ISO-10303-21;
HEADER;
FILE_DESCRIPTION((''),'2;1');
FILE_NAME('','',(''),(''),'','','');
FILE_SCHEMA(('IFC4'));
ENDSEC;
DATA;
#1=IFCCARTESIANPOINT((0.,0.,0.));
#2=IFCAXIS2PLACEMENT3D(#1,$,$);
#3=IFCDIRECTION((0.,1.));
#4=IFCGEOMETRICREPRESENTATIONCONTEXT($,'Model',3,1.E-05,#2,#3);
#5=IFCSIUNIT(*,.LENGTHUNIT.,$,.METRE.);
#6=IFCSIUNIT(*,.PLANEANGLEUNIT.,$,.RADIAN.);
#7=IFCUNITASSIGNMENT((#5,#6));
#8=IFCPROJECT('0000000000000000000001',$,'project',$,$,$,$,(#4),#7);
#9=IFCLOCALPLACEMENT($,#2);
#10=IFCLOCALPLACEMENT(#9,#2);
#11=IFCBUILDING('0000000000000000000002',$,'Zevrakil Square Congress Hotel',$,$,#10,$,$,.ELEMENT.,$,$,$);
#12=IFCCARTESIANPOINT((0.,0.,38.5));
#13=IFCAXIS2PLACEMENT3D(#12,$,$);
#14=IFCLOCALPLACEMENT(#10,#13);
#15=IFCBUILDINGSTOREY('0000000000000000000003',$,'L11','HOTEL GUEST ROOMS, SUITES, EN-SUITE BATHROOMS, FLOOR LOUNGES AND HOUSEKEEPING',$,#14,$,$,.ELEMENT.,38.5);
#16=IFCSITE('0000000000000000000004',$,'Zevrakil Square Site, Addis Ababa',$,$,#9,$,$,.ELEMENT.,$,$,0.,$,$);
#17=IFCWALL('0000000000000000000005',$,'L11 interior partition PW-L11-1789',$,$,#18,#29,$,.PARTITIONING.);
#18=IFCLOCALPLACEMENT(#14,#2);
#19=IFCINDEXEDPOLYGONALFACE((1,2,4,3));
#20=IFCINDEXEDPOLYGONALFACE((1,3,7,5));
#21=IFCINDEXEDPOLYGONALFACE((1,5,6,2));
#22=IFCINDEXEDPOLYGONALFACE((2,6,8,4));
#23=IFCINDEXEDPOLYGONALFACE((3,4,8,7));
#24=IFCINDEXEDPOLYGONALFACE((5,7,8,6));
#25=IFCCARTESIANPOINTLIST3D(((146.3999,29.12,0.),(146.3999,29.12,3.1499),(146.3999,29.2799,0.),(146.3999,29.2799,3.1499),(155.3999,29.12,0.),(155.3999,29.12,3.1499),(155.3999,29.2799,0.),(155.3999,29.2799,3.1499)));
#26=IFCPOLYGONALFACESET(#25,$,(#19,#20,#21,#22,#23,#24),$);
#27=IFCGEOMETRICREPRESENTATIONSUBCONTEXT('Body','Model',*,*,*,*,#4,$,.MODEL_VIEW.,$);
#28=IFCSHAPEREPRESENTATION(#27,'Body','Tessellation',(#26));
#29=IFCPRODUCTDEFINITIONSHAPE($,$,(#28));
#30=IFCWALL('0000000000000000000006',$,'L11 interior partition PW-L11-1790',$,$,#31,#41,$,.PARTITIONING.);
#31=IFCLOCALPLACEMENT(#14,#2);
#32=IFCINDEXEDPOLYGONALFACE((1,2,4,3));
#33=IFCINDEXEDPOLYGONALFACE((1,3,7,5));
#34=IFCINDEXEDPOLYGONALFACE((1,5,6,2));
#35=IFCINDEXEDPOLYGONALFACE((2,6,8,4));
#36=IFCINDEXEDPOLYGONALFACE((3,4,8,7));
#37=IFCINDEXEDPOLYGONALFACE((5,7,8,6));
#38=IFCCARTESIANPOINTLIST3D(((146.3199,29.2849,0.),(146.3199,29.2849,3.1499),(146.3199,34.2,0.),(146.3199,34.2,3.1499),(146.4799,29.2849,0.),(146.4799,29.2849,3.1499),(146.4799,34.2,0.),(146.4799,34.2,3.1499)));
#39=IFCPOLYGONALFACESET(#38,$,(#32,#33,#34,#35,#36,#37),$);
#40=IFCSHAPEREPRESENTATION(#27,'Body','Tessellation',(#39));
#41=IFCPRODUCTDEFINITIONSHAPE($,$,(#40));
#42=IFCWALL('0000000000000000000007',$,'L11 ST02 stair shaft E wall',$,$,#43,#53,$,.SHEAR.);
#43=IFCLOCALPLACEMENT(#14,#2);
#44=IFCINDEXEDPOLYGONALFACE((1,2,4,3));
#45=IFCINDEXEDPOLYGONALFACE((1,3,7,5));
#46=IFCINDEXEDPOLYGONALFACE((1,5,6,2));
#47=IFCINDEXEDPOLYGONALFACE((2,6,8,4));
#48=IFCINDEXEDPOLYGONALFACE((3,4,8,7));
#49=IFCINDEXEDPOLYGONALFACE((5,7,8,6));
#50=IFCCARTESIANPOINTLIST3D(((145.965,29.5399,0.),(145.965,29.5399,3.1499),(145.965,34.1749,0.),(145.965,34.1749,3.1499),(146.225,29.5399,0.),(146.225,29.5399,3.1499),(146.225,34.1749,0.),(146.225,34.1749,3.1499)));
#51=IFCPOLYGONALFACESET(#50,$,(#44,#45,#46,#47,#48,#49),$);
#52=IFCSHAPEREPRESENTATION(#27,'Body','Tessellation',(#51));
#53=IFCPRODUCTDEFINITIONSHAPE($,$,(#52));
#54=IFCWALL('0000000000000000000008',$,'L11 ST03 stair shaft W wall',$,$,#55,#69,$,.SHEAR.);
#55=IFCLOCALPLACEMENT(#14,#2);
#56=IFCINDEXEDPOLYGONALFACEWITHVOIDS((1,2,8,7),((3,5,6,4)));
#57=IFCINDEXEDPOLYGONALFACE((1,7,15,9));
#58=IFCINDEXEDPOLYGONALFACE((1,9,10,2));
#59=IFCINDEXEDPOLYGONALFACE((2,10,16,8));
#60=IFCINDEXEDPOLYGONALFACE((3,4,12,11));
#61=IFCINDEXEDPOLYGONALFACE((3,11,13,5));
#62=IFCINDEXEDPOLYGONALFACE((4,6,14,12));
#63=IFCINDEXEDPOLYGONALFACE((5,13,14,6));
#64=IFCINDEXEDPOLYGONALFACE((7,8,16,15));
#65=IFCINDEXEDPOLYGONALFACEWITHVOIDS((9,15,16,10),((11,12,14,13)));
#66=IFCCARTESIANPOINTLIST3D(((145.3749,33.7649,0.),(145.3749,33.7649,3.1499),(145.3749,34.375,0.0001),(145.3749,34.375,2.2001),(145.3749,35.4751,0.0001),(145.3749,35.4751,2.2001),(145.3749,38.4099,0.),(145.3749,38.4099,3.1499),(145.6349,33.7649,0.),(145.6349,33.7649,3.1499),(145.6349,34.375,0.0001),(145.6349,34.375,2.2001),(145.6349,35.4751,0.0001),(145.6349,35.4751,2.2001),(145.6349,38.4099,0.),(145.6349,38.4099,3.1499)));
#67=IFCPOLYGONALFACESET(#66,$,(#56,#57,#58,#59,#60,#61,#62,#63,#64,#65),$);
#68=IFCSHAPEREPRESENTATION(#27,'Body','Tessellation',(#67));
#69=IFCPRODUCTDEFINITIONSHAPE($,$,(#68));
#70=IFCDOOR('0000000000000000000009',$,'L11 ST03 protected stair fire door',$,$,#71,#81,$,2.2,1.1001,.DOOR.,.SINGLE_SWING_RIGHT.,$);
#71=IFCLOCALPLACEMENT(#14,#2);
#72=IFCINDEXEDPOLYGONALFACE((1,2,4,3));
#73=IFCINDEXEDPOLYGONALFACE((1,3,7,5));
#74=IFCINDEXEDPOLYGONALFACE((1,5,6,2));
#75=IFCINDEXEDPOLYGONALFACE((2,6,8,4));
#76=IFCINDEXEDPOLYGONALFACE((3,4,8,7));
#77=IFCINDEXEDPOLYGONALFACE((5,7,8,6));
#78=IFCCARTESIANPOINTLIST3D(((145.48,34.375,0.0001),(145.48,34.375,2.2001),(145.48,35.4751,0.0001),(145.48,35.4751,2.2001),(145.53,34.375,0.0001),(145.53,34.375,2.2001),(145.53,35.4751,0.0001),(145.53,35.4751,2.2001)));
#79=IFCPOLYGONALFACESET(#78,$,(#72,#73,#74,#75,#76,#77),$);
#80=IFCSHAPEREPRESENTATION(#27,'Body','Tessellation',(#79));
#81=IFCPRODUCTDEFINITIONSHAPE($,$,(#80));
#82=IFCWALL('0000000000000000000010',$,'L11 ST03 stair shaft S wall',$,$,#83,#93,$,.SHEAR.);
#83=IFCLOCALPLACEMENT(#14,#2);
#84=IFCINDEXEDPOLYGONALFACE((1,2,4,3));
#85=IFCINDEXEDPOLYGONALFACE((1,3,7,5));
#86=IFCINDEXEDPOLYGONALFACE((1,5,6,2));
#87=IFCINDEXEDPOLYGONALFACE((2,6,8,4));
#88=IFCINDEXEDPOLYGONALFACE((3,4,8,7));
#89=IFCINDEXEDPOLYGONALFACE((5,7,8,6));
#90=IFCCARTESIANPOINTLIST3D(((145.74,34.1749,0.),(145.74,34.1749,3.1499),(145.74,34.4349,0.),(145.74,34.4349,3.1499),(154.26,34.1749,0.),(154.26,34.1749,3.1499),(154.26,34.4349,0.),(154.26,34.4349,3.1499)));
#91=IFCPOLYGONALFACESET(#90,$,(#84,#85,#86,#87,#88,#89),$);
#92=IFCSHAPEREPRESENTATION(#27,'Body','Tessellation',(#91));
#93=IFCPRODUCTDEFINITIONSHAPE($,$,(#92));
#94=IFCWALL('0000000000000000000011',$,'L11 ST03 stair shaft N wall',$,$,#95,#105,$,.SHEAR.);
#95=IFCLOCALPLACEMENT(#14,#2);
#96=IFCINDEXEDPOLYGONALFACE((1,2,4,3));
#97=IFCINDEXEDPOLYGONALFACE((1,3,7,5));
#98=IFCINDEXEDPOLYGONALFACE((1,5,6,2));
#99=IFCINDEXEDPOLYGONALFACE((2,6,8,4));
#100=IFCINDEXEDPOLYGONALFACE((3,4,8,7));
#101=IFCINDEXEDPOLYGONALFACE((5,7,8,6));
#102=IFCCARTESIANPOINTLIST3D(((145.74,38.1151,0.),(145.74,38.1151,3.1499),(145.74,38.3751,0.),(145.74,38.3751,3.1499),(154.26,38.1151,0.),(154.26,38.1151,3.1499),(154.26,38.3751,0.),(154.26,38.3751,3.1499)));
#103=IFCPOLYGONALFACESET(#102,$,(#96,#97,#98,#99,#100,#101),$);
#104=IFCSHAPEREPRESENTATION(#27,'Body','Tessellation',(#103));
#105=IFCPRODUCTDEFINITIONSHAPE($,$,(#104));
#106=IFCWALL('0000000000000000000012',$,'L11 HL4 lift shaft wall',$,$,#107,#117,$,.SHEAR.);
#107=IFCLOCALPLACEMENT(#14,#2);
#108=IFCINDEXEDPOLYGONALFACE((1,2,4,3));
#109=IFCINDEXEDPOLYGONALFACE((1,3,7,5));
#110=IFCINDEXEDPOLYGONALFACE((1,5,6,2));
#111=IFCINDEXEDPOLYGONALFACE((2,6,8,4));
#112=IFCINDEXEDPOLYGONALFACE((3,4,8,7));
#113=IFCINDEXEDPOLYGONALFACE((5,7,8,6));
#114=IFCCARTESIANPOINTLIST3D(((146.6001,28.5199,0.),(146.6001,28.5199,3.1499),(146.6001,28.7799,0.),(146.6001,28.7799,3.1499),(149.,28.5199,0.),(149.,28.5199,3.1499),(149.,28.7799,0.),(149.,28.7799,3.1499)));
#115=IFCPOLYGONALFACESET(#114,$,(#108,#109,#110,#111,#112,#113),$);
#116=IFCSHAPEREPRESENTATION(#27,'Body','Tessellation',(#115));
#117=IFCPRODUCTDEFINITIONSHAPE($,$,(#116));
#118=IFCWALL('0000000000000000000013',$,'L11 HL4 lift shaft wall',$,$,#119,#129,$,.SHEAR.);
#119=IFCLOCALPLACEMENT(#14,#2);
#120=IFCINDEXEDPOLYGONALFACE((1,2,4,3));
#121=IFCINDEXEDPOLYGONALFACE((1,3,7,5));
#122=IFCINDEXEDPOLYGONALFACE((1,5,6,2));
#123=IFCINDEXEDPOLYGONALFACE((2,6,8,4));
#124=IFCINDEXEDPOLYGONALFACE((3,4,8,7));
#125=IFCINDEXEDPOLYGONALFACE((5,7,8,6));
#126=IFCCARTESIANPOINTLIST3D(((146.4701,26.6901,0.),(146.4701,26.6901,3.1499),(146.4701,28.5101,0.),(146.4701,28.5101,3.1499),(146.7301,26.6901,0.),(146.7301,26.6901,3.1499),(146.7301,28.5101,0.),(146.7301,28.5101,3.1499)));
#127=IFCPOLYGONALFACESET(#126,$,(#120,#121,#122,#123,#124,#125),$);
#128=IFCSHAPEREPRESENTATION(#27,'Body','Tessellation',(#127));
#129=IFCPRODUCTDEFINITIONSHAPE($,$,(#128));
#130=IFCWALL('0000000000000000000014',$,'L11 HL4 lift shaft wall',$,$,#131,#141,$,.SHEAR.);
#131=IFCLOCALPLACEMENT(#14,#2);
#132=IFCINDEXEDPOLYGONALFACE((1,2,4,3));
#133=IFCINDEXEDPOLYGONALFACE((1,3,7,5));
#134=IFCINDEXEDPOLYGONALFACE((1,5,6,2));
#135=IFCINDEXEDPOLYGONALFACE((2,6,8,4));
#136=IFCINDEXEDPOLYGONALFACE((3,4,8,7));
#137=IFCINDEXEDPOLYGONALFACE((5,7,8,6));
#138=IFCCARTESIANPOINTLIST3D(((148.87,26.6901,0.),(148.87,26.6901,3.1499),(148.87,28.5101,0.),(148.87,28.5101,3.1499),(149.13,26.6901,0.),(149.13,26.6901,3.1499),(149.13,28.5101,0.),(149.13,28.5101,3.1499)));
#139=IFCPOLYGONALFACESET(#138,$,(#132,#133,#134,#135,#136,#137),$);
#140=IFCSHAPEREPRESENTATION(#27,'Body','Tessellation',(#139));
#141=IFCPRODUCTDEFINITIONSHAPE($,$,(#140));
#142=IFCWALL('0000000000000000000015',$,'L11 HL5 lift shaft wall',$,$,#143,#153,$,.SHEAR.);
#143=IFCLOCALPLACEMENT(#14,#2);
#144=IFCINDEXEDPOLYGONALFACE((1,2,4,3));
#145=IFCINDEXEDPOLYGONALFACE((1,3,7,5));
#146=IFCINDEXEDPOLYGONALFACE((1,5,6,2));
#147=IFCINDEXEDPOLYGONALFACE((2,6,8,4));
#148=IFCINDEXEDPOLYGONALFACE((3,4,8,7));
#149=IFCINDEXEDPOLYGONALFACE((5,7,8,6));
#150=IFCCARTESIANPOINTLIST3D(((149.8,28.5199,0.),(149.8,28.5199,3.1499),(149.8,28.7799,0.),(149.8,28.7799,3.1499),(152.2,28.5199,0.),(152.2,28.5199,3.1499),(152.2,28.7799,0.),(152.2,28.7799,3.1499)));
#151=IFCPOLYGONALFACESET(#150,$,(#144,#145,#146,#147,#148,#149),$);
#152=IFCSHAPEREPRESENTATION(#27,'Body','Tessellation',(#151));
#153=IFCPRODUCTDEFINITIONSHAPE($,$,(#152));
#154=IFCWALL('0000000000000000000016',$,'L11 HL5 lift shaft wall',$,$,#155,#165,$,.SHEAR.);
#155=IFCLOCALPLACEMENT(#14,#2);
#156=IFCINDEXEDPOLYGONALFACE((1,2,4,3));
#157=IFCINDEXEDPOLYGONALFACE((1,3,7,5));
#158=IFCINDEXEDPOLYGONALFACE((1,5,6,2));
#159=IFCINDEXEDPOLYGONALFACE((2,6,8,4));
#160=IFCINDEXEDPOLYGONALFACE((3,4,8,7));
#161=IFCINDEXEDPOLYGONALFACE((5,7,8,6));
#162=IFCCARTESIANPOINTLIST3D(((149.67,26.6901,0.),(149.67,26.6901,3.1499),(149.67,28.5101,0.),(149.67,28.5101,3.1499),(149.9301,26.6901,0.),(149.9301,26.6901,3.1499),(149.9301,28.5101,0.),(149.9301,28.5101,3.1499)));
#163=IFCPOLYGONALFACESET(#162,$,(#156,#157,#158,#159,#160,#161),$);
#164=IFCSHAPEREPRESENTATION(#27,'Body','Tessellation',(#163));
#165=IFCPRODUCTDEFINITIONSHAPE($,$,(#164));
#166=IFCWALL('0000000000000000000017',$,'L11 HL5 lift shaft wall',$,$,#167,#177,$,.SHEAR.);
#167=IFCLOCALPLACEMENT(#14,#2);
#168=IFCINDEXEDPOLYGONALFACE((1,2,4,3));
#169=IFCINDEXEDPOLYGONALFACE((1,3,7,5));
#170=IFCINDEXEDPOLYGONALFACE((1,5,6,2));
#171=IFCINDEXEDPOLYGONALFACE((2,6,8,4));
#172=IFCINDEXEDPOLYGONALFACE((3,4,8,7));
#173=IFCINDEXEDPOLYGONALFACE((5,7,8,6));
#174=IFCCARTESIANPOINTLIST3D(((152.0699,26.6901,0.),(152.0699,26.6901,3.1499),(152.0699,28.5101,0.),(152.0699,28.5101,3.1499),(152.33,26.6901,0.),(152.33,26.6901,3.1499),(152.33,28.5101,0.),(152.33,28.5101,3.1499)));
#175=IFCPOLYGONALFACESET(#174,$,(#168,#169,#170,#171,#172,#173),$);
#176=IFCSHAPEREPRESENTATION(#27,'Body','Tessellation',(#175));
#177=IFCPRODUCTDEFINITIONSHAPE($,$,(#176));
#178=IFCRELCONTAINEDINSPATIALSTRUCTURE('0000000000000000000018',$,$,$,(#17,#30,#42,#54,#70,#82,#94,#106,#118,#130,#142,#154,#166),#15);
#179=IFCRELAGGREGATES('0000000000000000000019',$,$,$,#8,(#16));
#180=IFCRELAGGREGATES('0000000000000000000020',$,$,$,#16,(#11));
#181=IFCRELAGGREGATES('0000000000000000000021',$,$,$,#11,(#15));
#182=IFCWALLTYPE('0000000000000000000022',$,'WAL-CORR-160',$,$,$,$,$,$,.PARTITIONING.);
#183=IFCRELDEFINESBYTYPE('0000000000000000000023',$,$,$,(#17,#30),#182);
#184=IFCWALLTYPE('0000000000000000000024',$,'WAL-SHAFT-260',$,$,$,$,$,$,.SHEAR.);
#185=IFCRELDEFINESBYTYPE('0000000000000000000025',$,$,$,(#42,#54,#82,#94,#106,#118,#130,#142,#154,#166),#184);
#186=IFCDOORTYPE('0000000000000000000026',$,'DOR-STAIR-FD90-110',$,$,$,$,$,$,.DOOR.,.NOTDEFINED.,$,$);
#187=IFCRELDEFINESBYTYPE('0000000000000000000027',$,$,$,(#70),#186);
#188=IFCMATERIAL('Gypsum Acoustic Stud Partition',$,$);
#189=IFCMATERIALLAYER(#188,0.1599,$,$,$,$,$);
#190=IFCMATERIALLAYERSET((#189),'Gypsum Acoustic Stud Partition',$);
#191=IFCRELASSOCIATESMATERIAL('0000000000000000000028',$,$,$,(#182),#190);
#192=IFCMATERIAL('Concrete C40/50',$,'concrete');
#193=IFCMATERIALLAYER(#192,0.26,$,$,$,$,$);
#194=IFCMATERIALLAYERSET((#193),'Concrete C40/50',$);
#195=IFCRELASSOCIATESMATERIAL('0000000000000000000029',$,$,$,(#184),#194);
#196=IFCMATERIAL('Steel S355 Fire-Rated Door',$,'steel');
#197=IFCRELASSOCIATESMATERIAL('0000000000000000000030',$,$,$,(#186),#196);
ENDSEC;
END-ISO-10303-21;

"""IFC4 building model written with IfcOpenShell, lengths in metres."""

from ifc_helpers import new_model, si_unit, direction, frame, frame_2d, origin, place, context, subcontext, project, spatial, rectangle, extrude, material, layer, layer_set, type_object, element, fill, save


model = new_model("IFC4")

# Units and contexts
model_context = context("Model", 3, precision=1e-05, world=origin(), true_north=direction((0.0, 1.0)))
body_context = subcontext(model_context, "Body", "Model", "MODEL_VIEW")
ifc_project = project(units=[si_unit("LENGTHUNIT", "METRE"), si_unit("PLANEANGLEUNIT", "RADIAN")], contexts=[model_context])

# Site, building, storey
site_placement = place(None, origin())
site = spatial("IfcSite", under=ifc_project, at=site_placement, Name="Zevrakil Square Site, Addis Ababa", CompositionType="ELEMENT", RefElevation=0.0)
building_placement = place(site_placement, origin())
building = spatial("IfcBuilding", under=site, at=building_placement, Name="Zevrakil Square Congress Hotel", CompositionType="ELEMENT")
storey_placement = place(building_placement, frame((0.0, 0.0, 38.5)))
storey = spatial("IfcBuildingStorey", under=building, at=storey_placement, Name="L11", Description="HOTEL GUEST ROOMS, SUITES, EN-SUITE BATHROOMS, FLOOR LOUNGES AND HOUSEKEEPING", CompositionType="ELEMENT", Elevation=38.5)

# Walls
ifc_material_1 = material(Name="Gypsum Acoustic Stud Partition")
ifc_layer_1 = layer(ifc_material_1, 0.1599)
ifc_layer_set_1 = layer_set([ifc_layer_1], Name="Gypsum Acoustic Stud Partition")
wall_type_1 = type_object("IfcWallType", Name="WAL-CORR-160", PredefinedType="PARTITIONING", material=ifc_layer_set_1)
wall_1_placement = place(storey_placement, frame((146.3999, 29.2, 0.0), z_axis=(0.0, 0.0, 1.0), x_axis=(1.0, 0.0, 0.0)))
element("IfcWall", 1, at=wall_1_placement, inside=storey, type_object=wall_type_1, Name="L11 interior partition PW-L11-1789", PredefinedType="PARTITIONING", context=body_context, shape_type="SweptSolid", body=[
    extrude(rectangle(XDim=9.0, YDim=0.1599, at=frame_2d((4.5, 0.0))), origin(), (0.0, 0.0, 1.0), 3.1499),
])
wall_2_placement = place(storey_placement, frame((146.3999, 29.2849, 0.0), z_axis=(0.0, 0.0, 1.0), x_axis=(0.0, 1.0, 0.0)))
element("IfcWall", 2, at=wall_2_placement, inside=storey, type_object=wall_type_1, Name="L11 interior partition PW-L11-1790", PredefinedType="PARTITIONING", context=body_context, shape_type="SweptSolid", body=[
    extrude(rectangle(XDim=4.915, YDim=0.1599, at=frame_2d((2.4575, 0.0))), origin(), (0.0, 0.0, 1.0), 3.1499),
])
ifc_material_2 = material(Name="Concrete C40/50", Category="concrete")
ifc_layer_2 = layer(ifc_material_2, 0.26)
ifc_layer_set_2 = layer_set([ifc_layer_2], Name="Concrete C40/50")
wall_type_2 = type_object("IfcWallType", Name="WAL-SHAFT-260", PredefinedType="SHEAR", material=ifc_layer_set_2)
wall_3_placement = place(storey_placement, frame((146.095, 29.54, 0.0), z_axis=(0.0, 0.0, 1.0), x_axis=(0.0, 1.0, 0.0)))
element("IfcWall", 3, at=wall_3_placement, inside=storey, type_object=wall_type_2, Name="L11 ST02 stair shaft E wall", PredefinedType="SHEAR", context=body_context, shape_type="SweptSolid", body=[
    extrude(rectangle(XDim=4.635, YDim=0.26, at=frame_2d((2.3174, 0.0))), origin(), (0.0, 0.0, 1.0), 3.1499),
])

# Wall, opening, door
wall_4_placement = place(storey_placement, frame((145.5049, 33.7649, 0.0), z_axis=(0.0, 0.0, 1.0), x_axis=(0.0, 1.0, 0.0)))
wall_4 = element("IfcWall", 4, at=wall_4_placement, inside=storey, type_object=wall_type_2, Name="L11 ST03 stair shaft W wall", PredefinedType="SHEAR", context=body_context, shape_type="SweptSolid", body=[
    extrude(rectangle(XDim=4.645, YDim=0.26, at=frame_2d((2.3225, 0.0))), origin(), (0.0, 0.0, 1.0), 3.1499),
])
opening_placement = place(wall_4_placement, frame((0.6101, 0.0, 0.0)))
opening = element("IfcOpeningElement", 5, at=opening_placement, cuts=wall_4, PredefinedType="OPENING", context=body_context, shape_type="SweptSolid", body=[
    extrude(rectangle(XDim=1.1001, YDim=2.2, at=frame_2d((0.55, 1.1001))), frame((0.0, 0.1401, 0.0), z_axis=(0.0, -1.0, 0.0), x_axis=(1.0, 0.0, 0.0)), (0.0, 0.0, 1.0), 0.28),
])
ifc_material_3 = material(Name="Steel S355 Fire-Rated Door", Category="steel")
door_type = type_object("IfcDoorType", Name="DOR-STAIR-FD90-110", OperationType="NOTDEFINED", PredefinedType="DOOR", material=ifc_material_3)
door_placement = place(opening_placement, origin())
door = element("IfcDoor", 6, at=door_placement, inside=storey, type_object=door_type, Name="L11 ST03 protected stair fire door", OperationType="SINGLE_SWING_RIGHT", OverallHeight=2.2, OverallWidth=1.1001, PredefinedType="DOOR", context=body_context, shape_type="SweptSolid", body=[
    extrude(rectangle(XDim=1.1001, YDim=2.2, at=frame_2d((0.55, 1.1001))), frame((0.0, 0.0249, 0.0), z_axis=(0.0, -1.0, 0.0), x_axis=(1.0, 0.0, 0.0)), (0.0, 0.0, 1.0), 0.05),
])
fill(opening, door)

# Walls
for number, where, z_axis, x_axis, name in (
    (7, (145.74, 34.3049, 0.0), (0.0, 0.0, 1.0), (1.0, 0.0, 0.0), "L11 ST03 stair shaft S wall"),
    (8, (145.74, 38.2451, 0.0), (0.0, 0.0, 1.0), (1.0, 0.0, 0.0), "L11 ST03 stair shaft N wall"),
):
    element("IfcWall", number, at=place(storey_placement, frame(where, z_axis=z_axis, x_axis=x_axis)), inside=storey, type_object=wall_type_2, Name=name, PredefinedType="SHEAR", context=body_context, shape_type="SweptSolid", body=[
        extrude(rectangle(XDim=8.52, YDim=0.26, at=frame_2d((4.26, 0.0))), origin(), (0.0, 0.0, 1.0), 3.1499),
    ])
wall_5_placement = place(storey_placement, frame((146.6001, 28.6499, 0.0), z_axis=(0.0, 0.0, 1.0), x_axis=(1.0, 0.0, 0.0)))
element("IfcWall", 9, at=wall_5_placement, inside=storey, type_object=wall_type_2, Name="L11 HL4 lift shaft wall", PredefinedType="SHEAR", context=body_context, shape_type="SweptSolid", body=[
    extrude(rectangle(XDim=2.3999, YDim=0.26, at=frame_2d((1.2, 0.0))), origin(), (0.0, 0.0, 1.0), 3.1499),
])
for number, where, z_axis, x_axis, name in (
    (10, (146.6001, 26.6899, 0.0), (0.0, 0.0, 1.0), (0.0, 1.0, 0.0), "L11 HL4 lift shaft wall"),
    (11, (149.0, 26.6899, 0.0), (0.0, 0.0, 1.0), (0.0, 1.0, 0.0), "L11 HL4 lift shaft wall"),
):
    element("IfcWall", number, at=place(storey_placement, frame(where, z_axis=z_axis, x_axis=x_axis)), inside=storey, type_object=wall_type_2, Name=name, PredefinedType="SHEAR", context=body_context, shape_type="SweptSolid", body=[
        extrude(rectangle(XDim=1.8201, YDim=0.26, at=frame_2d((0.9102, 0.0))), origin(), (0.0, 0.0, 1.0), 3.1499),
    ])
wall_6_placement = place(storey_placement, frame((149.8, 28.6499, 0.0), z_axis=(0.0, 0.0, 1.0), x_axis=(1.0, 0.0, 0.0)))
element("IfcWall", 12, at=wall_6_placement, inside=storey, type_object=wall_type_2, Name="L11 HL5 lift shaft wall", PredefinedType="SHEAR", context=body_context, shape_type="SweptSolid", body=[
    extrude(rectangle(XDim=2.3999, YDim=0.26, at=frame_2d((1.2, 0.0))), origin(), (0.0, 0.0, 1.0), 3.1499),
])
for number, where, z_axis, x_axis, name in (
    (13, (149.8, 26.6899, 0.0), (0.0, 0.0, 1.0), (0.0, 1.0, 0.0), "L11 HL5 lift shaft wall"),
    (14, (152.2, 26.6899, 0.0), (0.0, 0.0, 1.0), (0.0, 1.0, 0.0), "L11 HL5 lift shaft wall"),
):
    element("IfcWall", number, at=place(storey_placement, frame(where, z_axis=z_axis, x_axis=x_axis)), inside=storey, type_object=wall_type_2, Name=name, PredefinedType="SHEAR", context=body_context, shape_type="SweptSolid", body=[
        extrude(rectangle(XDim=1.8201, YDim=0.26, at=frame_2d((0.9102, 0.0))), origin(), (0.0, 0.0, 1.0), 3.1499),
    ])

save(model, "model.ifc")
